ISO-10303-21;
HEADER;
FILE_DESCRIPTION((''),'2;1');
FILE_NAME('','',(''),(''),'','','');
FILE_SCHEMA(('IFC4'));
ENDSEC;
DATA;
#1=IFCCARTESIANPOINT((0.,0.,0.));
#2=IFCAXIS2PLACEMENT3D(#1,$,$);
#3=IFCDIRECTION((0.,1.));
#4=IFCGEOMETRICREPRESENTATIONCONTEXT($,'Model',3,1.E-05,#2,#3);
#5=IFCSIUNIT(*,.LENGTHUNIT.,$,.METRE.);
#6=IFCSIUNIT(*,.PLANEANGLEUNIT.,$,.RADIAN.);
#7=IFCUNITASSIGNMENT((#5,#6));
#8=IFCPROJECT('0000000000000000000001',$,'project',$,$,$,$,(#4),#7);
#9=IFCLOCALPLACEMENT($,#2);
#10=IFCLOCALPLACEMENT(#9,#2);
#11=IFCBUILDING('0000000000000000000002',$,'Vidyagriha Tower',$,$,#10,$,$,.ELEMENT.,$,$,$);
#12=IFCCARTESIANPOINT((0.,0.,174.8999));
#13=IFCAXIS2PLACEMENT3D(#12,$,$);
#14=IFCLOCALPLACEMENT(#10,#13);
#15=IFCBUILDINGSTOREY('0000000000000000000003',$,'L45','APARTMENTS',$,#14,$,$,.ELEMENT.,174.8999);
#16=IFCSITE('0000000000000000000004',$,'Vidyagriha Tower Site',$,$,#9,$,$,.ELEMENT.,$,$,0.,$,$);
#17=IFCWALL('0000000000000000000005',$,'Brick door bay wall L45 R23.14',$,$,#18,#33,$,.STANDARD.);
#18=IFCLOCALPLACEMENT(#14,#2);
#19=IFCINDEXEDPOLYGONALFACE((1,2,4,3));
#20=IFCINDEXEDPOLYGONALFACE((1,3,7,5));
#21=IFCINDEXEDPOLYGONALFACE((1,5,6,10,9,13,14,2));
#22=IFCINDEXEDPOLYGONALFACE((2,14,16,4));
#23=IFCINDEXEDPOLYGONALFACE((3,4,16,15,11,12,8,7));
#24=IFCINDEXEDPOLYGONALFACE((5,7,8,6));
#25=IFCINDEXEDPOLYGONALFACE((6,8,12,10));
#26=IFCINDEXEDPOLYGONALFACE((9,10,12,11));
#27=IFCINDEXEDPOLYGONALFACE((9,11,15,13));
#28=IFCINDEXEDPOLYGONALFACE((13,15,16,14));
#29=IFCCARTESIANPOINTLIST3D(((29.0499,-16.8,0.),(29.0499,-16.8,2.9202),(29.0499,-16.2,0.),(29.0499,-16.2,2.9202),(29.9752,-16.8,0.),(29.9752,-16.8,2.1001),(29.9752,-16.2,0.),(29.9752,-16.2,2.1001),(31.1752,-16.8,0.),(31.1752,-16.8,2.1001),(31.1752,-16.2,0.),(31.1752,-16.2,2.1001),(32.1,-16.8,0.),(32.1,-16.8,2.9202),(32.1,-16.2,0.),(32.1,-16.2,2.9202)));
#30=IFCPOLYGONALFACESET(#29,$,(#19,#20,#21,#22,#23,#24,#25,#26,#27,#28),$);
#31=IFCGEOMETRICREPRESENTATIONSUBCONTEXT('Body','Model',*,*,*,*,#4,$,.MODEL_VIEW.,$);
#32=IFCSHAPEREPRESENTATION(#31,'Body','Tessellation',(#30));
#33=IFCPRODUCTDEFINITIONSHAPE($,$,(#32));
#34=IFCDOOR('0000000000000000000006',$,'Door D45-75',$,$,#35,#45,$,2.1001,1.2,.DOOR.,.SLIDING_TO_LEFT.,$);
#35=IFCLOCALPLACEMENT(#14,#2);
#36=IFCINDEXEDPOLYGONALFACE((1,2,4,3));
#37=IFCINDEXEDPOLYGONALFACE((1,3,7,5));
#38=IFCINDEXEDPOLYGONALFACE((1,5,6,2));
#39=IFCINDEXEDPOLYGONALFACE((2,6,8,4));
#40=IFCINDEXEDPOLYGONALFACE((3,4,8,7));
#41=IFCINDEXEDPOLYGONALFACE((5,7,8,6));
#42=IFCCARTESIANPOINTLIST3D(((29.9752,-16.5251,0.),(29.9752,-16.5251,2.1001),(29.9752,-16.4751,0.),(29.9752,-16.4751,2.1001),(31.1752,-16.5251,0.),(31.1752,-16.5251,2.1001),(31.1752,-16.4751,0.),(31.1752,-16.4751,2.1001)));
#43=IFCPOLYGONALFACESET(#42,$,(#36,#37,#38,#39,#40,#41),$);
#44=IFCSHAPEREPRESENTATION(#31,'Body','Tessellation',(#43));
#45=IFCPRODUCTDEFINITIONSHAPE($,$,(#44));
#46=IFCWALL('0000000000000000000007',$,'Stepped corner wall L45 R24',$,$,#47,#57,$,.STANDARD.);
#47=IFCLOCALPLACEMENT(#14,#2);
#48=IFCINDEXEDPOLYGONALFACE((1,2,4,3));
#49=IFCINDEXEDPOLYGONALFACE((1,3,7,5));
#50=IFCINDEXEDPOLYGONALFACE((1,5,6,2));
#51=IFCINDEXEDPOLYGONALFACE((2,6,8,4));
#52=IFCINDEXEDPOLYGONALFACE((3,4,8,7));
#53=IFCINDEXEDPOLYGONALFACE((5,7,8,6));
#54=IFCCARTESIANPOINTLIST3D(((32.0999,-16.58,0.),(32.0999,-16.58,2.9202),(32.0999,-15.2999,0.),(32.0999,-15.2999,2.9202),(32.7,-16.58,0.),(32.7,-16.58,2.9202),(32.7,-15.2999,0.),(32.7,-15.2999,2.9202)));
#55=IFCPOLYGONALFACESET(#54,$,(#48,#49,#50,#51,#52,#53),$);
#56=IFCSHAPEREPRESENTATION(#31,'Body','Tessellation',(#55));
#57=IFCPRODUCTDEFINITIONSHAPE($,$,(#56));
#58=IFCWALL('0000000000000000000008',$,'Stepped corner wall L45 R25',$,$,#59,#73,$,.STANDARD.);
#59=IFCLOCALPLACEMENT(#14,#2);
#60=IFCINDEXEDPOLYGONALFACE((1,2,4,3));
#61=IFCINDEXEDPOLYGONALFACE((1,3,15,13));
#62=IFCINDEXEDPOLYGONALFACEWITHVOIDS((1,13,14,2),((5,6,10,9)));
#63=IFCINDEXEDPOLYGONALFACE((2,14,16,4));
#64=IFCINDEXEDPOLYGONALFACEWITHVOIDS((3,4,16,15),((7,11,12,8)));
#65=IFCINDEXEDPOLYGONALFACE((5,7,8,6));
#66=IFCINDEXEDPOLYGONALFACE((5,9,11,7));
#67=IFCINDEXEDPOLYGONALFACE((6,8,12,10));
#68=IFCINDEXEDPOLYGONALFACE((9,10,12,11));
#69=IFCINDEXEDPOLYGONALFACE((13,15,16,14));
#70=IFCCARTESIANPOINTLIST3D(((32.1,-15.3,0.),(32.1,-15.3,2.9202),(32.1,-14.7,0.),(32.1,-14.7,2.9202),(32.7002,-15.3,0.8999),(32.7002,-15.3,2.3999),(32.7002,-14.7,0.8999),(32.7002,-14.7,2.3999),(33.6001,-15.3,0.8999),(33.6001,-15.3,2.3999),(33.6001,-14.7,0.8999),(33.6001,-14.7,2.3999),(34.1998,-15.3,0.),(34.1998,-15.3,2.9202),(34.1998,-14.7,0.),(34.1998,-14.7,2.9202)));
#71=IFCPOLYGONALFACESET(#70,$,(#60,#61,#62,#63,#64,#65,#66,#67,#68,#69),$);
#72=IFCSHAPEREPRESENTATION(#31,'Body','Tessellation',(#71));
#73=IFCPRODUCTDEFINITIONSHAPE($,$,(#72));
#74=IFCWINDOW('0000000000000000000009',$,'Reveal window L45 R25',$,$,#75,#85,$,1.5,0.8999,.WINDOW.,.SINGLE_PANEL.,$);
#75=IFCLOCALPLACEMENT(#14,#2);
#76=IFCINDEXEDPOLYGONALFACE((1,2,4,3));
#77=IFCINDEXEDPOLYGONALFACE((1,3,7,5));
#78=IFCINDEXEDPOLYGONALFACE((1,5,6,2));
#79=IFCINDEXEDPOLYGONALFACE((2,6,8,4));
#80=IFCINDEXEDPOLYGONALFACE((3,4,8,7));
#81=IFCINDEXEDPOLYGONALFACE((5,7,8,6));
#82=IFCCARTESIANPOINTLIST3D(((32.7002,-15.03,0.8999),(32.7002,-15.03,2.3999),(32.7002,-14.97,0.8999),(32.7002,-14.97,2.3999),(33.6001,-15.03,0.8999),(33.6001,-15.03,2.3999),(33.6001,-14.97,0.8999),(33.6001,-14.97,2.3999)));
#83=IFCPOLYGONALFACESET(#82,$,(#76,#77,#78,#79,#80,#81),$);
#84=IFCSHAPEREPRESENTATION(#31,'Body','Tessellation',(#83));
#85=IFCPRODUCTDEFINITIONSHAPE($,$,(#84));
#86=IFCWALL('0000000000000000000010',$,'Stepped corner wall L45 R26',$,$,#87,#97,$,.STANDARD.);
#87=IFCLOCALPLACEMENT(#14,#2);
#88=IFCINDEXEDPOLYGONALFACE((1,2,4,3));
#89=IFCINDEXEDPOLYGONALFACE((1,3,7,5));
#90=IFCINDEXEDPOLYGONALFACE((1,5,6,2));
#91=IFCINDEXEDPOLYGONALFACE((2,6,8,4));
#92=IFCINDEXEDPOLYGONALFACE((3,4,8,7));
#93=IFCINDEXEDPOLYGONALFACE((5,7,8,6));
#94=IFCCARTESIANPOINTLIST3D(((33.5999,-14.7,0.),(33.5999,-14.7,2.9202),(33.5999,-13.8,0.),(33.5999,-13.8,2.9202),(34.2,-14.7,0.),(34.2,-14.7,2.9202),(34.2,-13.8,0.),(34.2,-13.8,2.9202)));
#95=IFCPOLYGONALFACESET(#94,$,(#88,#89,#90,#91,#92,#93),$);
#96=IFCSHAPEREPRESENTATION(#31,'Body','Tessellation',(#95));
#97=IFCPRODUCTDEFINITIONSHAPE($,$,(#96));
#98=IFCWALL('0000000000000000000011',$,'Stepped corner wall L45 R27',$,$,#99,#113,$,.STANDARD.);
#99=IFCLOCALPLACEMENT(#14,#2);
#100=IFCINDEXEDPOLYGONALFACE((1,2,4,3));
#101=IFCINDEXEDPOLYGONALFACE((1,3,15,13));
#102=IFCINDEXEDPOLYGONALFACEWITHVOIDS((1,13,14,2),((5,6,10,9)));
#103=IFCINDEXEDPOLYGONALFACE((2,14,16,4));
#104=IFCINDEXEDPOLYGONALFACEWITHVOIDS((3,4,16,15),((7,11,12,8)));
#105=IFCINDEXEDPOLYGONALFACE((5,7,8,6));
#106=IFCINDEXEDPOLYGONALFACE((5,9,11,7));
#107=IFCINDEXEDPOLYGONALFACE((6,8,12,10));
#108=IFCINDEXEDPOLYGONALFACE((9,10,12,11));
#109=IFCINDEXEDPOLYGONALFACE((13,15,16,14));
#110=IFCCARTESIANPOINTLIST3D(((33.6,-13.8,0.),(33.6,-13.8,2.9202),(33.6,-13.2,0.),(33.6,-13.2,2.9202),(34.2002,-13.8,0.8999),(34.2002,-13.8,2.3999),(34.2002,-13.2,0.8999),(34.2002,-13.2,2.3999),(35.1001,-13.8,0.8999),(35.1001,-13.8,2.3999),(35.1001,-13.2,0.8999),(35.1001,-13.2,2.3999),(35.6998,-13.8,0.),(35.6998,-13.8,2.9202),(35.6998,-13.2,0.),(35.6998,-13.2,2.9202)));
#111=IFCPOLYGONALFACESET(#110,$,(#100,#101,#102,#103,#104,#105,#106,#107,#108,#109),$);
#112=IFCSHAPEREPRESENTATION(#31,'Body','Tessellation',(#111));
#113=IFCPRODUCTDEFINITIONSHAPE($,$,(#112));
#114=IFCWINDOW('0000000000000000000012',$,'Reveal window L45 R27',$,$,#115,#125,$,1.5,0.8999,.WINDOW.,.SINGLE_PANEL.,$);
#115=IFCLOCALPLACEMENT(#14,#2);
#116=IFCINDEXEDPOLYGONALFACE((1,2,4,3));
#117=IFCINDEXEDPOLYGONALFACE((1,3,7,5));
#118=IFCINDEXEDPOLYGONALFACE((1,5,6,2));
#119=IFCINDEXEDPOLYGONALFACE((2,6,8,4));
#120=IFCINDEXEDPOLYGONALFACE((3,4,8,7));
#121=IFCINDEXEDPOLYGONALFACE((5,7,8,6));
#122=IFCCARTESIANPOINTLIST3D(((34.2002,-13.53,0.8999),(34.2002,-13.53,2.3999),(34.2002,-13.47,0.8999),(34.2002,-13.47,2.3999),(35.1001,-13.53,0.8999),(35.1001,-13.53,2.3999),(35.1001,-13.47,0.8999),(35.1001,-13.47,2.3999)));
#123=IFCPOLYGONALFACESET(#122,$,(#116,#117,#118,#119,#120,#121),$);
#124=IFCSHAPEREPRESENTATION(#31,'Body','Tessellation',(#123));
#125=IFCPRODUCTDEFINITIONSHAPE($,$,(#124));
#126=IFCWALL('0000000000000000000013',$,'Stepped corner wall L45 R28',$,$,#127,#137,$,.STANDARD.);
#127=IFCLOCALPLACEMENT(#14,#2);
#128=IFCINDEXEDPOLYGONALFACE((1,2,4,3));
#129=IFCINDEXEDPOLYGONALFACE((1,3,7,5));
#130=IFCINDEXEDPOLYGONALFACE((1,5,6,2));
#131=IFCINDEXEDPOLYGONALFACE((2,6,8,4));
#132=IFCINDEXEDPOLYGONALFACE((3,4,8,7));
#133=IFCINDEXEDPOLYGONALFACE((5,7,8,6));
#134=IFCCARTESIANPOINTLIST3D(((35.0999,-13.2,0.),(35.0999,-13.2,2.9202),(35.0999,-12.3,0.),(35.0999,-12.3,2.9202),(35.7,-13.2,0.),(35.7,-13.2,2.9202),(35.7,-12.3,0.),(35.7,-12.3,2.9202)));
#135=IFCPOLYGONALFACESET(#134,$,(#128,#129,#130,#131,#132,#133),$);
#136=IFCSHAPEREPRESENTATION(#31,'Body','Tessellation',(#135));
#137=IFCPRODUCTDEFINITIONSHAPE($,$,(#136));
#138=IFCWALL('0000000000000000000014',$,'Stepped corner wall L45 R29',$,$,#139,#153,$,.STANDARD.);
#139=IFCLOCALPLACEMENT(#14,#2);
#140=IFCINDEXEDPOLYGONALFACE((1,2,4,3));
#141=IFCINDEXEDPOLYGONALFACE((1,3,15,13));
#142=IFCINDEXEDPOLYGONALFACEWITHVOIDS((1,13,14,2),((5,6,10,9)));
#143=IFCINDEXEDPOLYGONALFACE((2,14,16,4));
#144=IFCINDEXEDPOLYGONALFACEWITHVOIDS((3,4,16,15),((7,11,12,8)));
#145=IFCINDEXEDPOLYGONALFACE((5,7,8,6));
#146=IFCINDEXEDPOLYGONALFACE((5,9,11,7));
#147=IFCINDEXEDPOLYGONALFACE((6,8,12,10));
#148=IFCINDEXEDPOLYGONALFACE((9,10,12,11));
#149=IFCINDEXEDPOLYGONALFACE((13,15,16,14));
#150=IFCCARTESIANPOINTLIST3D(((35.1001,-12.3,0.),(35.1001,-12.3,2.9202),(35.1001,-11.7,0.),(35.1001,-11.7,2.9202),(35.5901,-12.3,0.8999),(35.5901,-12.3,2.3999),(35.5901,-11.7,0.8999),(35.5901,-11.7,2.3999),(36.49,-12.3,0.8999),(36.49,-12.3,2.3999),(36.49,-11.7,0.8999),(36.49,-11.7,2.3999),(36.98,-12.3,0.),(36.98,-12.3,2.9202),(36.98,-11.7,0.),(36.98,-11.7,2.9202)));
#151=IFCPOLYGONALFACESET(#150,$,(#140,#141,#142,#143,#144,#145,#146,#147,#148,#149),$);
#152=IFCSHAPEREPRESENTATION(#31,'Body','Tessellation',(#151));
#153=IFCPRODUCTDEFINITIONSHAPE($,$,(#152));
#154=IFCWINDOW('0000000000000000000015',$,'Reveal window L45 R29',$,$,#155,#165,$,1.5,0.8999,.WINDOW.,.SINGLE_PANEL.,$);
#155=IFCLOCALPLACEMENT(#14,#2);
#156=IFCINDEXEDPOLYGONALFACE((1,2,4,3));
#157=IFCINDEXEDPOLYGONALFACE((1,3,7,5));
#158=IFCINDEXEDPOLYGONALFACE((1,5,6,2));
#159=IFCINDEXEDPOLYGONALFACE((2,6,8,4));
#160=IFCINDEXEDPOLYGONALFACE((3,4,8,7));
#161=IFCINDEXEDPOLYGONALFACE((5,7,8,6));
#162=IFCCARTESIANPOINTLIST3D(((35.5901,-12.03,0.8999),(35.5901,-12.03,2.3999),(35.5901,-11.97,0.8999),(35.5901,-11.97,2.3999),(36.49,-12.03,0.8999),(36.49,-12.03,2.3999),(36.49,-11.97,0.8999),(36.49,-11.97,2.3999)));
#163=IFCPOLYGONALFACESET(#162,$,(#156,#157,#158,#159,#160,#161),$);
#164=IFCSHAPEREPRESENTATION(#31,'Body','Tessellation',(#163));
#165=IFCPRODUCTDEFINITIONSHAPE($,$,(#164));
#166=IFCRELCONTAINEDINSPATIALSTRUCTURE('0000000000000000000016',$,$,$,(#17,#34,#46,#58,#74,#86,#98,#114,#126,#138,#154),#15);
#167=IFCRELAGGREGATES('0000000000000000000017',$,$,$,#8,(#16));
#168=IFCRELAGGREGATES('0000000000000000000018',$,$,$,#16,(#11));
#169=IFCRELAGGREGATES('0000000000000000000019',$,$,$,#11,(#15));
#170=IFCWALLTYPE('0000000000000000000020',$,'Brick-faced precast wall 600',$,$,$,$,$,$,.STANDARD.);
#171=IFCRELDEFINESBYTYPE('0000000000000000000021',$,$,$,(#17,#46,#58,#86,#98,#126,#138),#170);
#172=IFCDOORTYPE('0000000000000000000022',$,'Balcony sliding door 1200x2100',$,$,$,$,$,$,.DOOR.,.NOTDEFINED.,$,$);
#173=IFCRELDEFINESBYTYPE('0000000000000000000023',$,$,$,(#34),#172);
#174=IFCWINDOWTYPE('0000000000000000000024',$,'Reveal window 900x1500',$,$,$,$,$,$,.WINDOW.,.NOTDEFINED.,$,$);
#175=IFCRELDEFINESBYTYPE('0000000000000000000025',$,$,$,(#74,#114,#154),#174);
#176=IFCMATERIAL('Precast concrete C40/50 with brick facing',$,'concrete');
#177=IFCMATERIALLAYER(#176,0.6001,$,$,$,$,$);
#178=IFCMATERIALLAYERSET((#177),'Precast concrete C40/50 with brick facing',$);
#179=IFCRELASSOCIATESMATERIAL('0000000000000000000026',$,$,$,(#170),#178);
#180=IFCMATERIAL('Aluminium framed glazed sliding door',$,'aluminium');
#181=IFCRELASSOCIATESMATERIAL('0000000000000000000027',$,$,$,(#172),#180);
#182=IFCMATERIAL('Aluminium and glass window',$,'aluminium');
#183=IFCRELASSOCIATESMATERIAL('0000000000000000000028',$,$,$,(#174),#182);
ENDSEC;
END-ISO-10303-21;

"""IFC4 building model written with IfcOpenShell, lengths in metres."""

from ifc_helpers import new_model, si_unit, direction, frame, frame_2d, origin, place, context, subcontext, project, spatial, rectangle, extrude, material, layer, layer_set, type_object, element, fill, save


model = new_model("IFC4")

# Units and contexts
model_context = context("Model", 3, precision=1e-05, world=origin(), true_north=direction((0.0, 1.0)))
body_context = subcontext(model_context, "Body", "Model", "MODEL_VIEW")
ifc_project = project(units=[si_unit("LENGTHUNIT", "METRE"), si_unit("PLANEANGLEUNIT", "RADIAN")], contexts=[model_context])

# Site, building, storey
site_placement = place(None, origin())
site = spatial("IfcSite", under=ifc_project, at=site_placement, Name="Vidyagriha Tower Site", CompositionType="ELEMENT", RefElevation=0.0)
building_placement = place(site_placement, origin())
building = spatial("IfcBuilding", under=site, at=building_placement, Name="Vidyagriha Tower", CompositionType="ELEMENT")
storey_placement = place(building_placement, frame((0.0, 0.0, 174.8999)))
storey = spatial("IfcBuildingStorey", under=building, at=storey_placement, Name="L45", Description="APARTMENTS", CompositionType="ELEMENT", Elevation=174.8999)

# Wall, opening, door
ifc_material_1 = material(Name="Precast concrete C40/50 with brick facing", Category="concrete")
ifc_layer_1 = layer(ifc_material_1, 0.6001)
ifc_layer_set_1 = layer_set([ifc_layer_1], Name="Precast concrete C40/50 with brick facing")
wall_type_1 = type_object("IfcWallType", Name="Brick-faced precast wall 600", PredefinedType="STANDARD", material=ifc_layer_set_1)
wall_1_placement = place(storey_placement, frame((29.05, -16.5, 0.0)))
wall_1 = element("IfcWall", 1, at=wall_1_placement, inside=storey, type_object=wall_type_1, Name="Brick door bay wall L45 R23.14", PredefinedType="STANDARD", context=body_context, shape_type="SweptSolid", body=[
    extrude(rectangle(XDim=3.05, YDim=0.6001, at=frame_2d((1.5249, 0.0))), origin(), (0.0, 0.0, 1.0), 2.9202),
])
opening_1_placement = place(wall_1_placement, frame((0.925, 0.0, 0.0)))
opening_1 = element("IfcOpeningElement", 2, at=opening_1_placement, cuts=wall_1, PredefinedType="OPENING", context=body_context, shape_type="SweptSolid", body=[
    extrude(rectangle(XDim=1.2, YDim=2.1001, at=frame_2d((0.6001, 1.05))), frame((0.0, 0.3101, 0.0), z_axis=(0.0, -1.0, 0.0), x_axis=(1.0, 0.0, 0.0)), (0.0, 0.0, 1.0), 0.6201),
])
ifc_material_2 = material(Name="Aluminium framed glazed sliding door", Category="aluminium")
door_type_1 = type_object("IfcDoorType", Name="Balcony sliding door 1200x2100", OperationType="NOTDEFINED", PredefinedType="DOOR", material=ifc_material_2)
door_1_placement = place(opening_1_placement, origin())
door_1 = element("IfcDoor", 3, at=door_1_placement, inside=storey, type_object=door_type_1, Name="Door D45-75", OperationType="SLIDING_TO_LEFT", OverallHeight=2.1001, OverallWidth=1.2, PredefinedType="DOOR", context=body_context, shape_type="SweptSolid", body=[
    extrude(rectangle(XDim=1.2, YDim=2.1001, at=frame_2d((0.6001, 1.05))), frame((0.0, 0.0249, 0.0), z_axis=(0.0, -1.0, 0.0), x_axis=(1.0, 0.0, 0.0)), (0.0, 0.0, 1.0), 0.05),
])
fill(opening_1, door_1)

# Wall
wall_2_placement = place(storey_placement, frame((32.3999, -16.5801, 0.0), z_axis=(0.0, 0.0, 1.0), x_axis=(0.0, 1.0, 0.0)))
element("IfcWall", 4, at=wall_2_placement, inside=storey, type_object=wall_type_1, Name="Stepped corner wall L45 R24", PredefinedType="STANDARD", context=body_context, shape_type="SweptSolid", body=[
    extrude(rectangle(XDim=1.28, YDim=0.6001, at=frame_2d((0.6401, 0.0))), origin(), (0.0, 0.0, 1.0), 2.9202),
])

# Wall, opening, window
wall_3_placement = place(storey_placement, frame((32.1001, -15.0, 0.0)))
wall_3 = element("IfcWall", 5, at=wall_3_placement, inside=storey, type_object=wall_type_1, Name="Stepped corner wall L45 R25", PredefinedType="STANDARD", context=body_context, shape_type="SweptSolid", body=[
    extrude(rectangle(XDim=2.0999, YDim=0.6001, at=frame_2d((1.0498, 0.0))), origin(), (0.0, 0.0, 1.0), 2.9202),
])
opening_2_placement = place(wall_3_placement, frame((0.6001, 0.0, 0.8999)))
opening_2 = element("IfcOpeningElement", 6, at=opening_2_placement, cuts=wall_3, PredefinedType="OPENING", context=body_context, shape_type="SweptSolid", body=[
    extrude(rectangle(XDim=0.8999, YDim=1.5, at=frame_2d((0.45, 0.75))), frame((0.0, 0.3101, 0.0), z_axis=(0.0, -1.0, 0.0), x_axis=(1.0, 0.0, 0.0)), (0.0, 0.0, 1.0), 0.6201),
])
ifc_material_3 = material(Name="Aluminium and glass window", Category="aluminium")
window_type = type_object("IfcWindowType", Name="Reveal window 900x1500", PartitioningType="NOTDEFINED", PredefinedType="WINDOW", material=ifc_material_3)
window_1_placement = place(opening_2_placement, origin())
window_1 = element("IfcWindow", 7, at=window_1_placement, inside=storey, type_object=window_type, Name="Reveal window L45 R25", OverallHeight=1.5, OverallWidth=0.8999, PartitioningType="SINGLE_PANEL", PredefinedType="WINDOW", context=body_context, shape_type="SweptSolid", body=[
    extrude(rectangle(XDim=0.8999, YDim=1.5, at=frame_2d((0.45, 0.75))), frame((0.0, 0.03, 0.0), z_axis=(0.0, -1.0, 0.0), x_axis=(1.0, 0.0, 0.0)), (0.0, 0.0, 1.0), 0.0601),
])
fill(opening_2, window_1)

# Wall
wall_4_placement = place(storey_placement, frame((33.8999, -14.7, 0.0), z_axis=(0.0, 0.0, 1.0), x_axis=(0.0, 1.0, 0.0)))
element("IfcWall", 8, at=wall_4_placement, inside=storey, type_object=wall_type_1, Name="Stepped corner wall L45 R26", PredefinedType="STANDARD", context=body_context, shape_type="SweptSolid", body=[
    extrude(rectangle(XDim=0.8999, YDim=0.6001, at=frame_2d((0.45, 0.0))), origin(), (0.0, 0.0, 1.0), 2.9202),
])

# Wall, opening, window
wall_5_placement = place(storey_placement, frame((33.6001, -13.5, 0.0)))
wall_5 = element("IfcWall", 9, at=wall_5_placement, inside=storey, type_object=wall_type_1, Name="Stepped corner wall L45 R27", PredefinedType="STANDARD", context=body_context, shape_type="SweptSolid", body=[
    extrude(rectangle(XDim=2.0999, YDim=0.6001, at=frame_2d((1.0498, 0.0))), origin(), (0.0, 0.0, 1.0), 2.9202),
])
opening_3_placement = place(wall_5_placement, frame((0.6001, 0.0, 0.8999)))
opening_3 = element("IfcOpeningElement", 10, at=opening_3_placement, cuts=wall_5, PredefinedType="OPENING", context=body_context, shape_type="SweptSolid", body=[
    extrude(rectangle(XDim=0.8999, YDim=1.5, at=frame_2d((0.45, 0.75))), frame((0.0, 0.3101, 0.0), z_axis=(0.0, -1.0, 0.0), x_axis=(1.0, 0.0, 0.0)), (0.0, 0.0, 1.0), 0.6201),
])
window_2_placement = place(opening_3_placement, origin())
window_2 = element("IfcWindow", 11, at=window_2_placement, inside=storey, type_object=window_type, Name="Reveal window L45 R27", OverallHeight=1.5, OverallWidth=0.8999, PartitioningType="SINGLE_PANEL", PredefinedType="WINDOW", context=body_context, shape_type="SweptSolid", body=[
    extrude(rectangle(XDim=0.8999, YDim=1.5, at=frame_2d((0.45, 0.75))), frame((0.0, 0.03, 0.0), z_axis=(0.0, -1.0, 0.0), x_axis=(1.0, 0.0, 0.0)), (0.0, 0.0, 1.0), 0.0601),
])
fill(opening_3, window_2)

# Wall
wall_6_placement = place(storey_placement, frame((35.3999, -13.2, 0.0), z_axis=(0.0, 0.0, 1.0), x_axis=(0.0, 1.0, 0.0)))
element("IfcWall", 12, at=wall_6_placement, inside=storey, type_object=wall_type_1, Name="Stepped corner wall L45 R28", PredefinedType="STANDARD", context=body_context, shape_type="SweptSolid", body=[
    extrude(rectangle(XDim=0.8999, YDim=0.6001, at=frame_2d((0.45, 0.0))), origin(), (0.0, 0.0, 1.0), 2.9202),
])

# Wall, opening, window
wall_7_placement = place(storey_placement, frame((35.1001, -12.0, 0.0)))
wall_7 = element("IfcWall", 13, at=wall_7_placement, inside=storey, type_object=wall_type_1, Name="Stepped corner wall L45 R29", PredefinedType="STANDARD", context=body_context, shape_type="SweptSolid", body=[
    extrude(rectangle(XDim=1.8799, YDim=0.6001, at=frame_2d((0.9399, 0.0))), origin(), (0.0, 0.0, 1.0), 2.9202),
])
opening_4_placement = place(wall_7_placement, frame((0.49, 0.0, 0.8999)))
opening_4 = element("IfcOpeningElement", 14, at=opening_4_placement, cuts=wall_7, PredefinedType="OPENING", context=body_context, shape_type="SweptSolid", body=[
    extrude(rectangle(XDim=0.8999, YDim=1.5, at=frame_2d((0.45, 0.75))), frame((0.0, 0.3101, 0.0), z_axis=(0.0, -1.0, 0.0), x_axis=(1.0, 0.0, 0.0)), (0.0, 0.0, 1.0), 0.6201),
])
window_3_placement = place(opening_4_placement, origin())
window_3 = element("IfcWindow", 15, at=window_3_placement, inside=storey, type_object=window_type, Name="Reveal window L45 R29", OverallHeight=1.5, OverallWidth=0.8999, PartitioningType="SINGLE_PANEL", PredefinedType="WINDOW", context=body_context, shape_type="SweptSolid", body=[
    extrude(rectangle(XDim=0.8999, YDim=1.5, at=frame_2d((0.45, 0.75))), frame((0.0, 0.03, 0.0), z_axis=(0.0, -1.0, 0.0), x_axis=(1.0, 0.0, 0.0)), (0.0, 0.0, 1.0), 0.0601),
])
fill(opening_4, window_3)

save(model, "model.ifc")
